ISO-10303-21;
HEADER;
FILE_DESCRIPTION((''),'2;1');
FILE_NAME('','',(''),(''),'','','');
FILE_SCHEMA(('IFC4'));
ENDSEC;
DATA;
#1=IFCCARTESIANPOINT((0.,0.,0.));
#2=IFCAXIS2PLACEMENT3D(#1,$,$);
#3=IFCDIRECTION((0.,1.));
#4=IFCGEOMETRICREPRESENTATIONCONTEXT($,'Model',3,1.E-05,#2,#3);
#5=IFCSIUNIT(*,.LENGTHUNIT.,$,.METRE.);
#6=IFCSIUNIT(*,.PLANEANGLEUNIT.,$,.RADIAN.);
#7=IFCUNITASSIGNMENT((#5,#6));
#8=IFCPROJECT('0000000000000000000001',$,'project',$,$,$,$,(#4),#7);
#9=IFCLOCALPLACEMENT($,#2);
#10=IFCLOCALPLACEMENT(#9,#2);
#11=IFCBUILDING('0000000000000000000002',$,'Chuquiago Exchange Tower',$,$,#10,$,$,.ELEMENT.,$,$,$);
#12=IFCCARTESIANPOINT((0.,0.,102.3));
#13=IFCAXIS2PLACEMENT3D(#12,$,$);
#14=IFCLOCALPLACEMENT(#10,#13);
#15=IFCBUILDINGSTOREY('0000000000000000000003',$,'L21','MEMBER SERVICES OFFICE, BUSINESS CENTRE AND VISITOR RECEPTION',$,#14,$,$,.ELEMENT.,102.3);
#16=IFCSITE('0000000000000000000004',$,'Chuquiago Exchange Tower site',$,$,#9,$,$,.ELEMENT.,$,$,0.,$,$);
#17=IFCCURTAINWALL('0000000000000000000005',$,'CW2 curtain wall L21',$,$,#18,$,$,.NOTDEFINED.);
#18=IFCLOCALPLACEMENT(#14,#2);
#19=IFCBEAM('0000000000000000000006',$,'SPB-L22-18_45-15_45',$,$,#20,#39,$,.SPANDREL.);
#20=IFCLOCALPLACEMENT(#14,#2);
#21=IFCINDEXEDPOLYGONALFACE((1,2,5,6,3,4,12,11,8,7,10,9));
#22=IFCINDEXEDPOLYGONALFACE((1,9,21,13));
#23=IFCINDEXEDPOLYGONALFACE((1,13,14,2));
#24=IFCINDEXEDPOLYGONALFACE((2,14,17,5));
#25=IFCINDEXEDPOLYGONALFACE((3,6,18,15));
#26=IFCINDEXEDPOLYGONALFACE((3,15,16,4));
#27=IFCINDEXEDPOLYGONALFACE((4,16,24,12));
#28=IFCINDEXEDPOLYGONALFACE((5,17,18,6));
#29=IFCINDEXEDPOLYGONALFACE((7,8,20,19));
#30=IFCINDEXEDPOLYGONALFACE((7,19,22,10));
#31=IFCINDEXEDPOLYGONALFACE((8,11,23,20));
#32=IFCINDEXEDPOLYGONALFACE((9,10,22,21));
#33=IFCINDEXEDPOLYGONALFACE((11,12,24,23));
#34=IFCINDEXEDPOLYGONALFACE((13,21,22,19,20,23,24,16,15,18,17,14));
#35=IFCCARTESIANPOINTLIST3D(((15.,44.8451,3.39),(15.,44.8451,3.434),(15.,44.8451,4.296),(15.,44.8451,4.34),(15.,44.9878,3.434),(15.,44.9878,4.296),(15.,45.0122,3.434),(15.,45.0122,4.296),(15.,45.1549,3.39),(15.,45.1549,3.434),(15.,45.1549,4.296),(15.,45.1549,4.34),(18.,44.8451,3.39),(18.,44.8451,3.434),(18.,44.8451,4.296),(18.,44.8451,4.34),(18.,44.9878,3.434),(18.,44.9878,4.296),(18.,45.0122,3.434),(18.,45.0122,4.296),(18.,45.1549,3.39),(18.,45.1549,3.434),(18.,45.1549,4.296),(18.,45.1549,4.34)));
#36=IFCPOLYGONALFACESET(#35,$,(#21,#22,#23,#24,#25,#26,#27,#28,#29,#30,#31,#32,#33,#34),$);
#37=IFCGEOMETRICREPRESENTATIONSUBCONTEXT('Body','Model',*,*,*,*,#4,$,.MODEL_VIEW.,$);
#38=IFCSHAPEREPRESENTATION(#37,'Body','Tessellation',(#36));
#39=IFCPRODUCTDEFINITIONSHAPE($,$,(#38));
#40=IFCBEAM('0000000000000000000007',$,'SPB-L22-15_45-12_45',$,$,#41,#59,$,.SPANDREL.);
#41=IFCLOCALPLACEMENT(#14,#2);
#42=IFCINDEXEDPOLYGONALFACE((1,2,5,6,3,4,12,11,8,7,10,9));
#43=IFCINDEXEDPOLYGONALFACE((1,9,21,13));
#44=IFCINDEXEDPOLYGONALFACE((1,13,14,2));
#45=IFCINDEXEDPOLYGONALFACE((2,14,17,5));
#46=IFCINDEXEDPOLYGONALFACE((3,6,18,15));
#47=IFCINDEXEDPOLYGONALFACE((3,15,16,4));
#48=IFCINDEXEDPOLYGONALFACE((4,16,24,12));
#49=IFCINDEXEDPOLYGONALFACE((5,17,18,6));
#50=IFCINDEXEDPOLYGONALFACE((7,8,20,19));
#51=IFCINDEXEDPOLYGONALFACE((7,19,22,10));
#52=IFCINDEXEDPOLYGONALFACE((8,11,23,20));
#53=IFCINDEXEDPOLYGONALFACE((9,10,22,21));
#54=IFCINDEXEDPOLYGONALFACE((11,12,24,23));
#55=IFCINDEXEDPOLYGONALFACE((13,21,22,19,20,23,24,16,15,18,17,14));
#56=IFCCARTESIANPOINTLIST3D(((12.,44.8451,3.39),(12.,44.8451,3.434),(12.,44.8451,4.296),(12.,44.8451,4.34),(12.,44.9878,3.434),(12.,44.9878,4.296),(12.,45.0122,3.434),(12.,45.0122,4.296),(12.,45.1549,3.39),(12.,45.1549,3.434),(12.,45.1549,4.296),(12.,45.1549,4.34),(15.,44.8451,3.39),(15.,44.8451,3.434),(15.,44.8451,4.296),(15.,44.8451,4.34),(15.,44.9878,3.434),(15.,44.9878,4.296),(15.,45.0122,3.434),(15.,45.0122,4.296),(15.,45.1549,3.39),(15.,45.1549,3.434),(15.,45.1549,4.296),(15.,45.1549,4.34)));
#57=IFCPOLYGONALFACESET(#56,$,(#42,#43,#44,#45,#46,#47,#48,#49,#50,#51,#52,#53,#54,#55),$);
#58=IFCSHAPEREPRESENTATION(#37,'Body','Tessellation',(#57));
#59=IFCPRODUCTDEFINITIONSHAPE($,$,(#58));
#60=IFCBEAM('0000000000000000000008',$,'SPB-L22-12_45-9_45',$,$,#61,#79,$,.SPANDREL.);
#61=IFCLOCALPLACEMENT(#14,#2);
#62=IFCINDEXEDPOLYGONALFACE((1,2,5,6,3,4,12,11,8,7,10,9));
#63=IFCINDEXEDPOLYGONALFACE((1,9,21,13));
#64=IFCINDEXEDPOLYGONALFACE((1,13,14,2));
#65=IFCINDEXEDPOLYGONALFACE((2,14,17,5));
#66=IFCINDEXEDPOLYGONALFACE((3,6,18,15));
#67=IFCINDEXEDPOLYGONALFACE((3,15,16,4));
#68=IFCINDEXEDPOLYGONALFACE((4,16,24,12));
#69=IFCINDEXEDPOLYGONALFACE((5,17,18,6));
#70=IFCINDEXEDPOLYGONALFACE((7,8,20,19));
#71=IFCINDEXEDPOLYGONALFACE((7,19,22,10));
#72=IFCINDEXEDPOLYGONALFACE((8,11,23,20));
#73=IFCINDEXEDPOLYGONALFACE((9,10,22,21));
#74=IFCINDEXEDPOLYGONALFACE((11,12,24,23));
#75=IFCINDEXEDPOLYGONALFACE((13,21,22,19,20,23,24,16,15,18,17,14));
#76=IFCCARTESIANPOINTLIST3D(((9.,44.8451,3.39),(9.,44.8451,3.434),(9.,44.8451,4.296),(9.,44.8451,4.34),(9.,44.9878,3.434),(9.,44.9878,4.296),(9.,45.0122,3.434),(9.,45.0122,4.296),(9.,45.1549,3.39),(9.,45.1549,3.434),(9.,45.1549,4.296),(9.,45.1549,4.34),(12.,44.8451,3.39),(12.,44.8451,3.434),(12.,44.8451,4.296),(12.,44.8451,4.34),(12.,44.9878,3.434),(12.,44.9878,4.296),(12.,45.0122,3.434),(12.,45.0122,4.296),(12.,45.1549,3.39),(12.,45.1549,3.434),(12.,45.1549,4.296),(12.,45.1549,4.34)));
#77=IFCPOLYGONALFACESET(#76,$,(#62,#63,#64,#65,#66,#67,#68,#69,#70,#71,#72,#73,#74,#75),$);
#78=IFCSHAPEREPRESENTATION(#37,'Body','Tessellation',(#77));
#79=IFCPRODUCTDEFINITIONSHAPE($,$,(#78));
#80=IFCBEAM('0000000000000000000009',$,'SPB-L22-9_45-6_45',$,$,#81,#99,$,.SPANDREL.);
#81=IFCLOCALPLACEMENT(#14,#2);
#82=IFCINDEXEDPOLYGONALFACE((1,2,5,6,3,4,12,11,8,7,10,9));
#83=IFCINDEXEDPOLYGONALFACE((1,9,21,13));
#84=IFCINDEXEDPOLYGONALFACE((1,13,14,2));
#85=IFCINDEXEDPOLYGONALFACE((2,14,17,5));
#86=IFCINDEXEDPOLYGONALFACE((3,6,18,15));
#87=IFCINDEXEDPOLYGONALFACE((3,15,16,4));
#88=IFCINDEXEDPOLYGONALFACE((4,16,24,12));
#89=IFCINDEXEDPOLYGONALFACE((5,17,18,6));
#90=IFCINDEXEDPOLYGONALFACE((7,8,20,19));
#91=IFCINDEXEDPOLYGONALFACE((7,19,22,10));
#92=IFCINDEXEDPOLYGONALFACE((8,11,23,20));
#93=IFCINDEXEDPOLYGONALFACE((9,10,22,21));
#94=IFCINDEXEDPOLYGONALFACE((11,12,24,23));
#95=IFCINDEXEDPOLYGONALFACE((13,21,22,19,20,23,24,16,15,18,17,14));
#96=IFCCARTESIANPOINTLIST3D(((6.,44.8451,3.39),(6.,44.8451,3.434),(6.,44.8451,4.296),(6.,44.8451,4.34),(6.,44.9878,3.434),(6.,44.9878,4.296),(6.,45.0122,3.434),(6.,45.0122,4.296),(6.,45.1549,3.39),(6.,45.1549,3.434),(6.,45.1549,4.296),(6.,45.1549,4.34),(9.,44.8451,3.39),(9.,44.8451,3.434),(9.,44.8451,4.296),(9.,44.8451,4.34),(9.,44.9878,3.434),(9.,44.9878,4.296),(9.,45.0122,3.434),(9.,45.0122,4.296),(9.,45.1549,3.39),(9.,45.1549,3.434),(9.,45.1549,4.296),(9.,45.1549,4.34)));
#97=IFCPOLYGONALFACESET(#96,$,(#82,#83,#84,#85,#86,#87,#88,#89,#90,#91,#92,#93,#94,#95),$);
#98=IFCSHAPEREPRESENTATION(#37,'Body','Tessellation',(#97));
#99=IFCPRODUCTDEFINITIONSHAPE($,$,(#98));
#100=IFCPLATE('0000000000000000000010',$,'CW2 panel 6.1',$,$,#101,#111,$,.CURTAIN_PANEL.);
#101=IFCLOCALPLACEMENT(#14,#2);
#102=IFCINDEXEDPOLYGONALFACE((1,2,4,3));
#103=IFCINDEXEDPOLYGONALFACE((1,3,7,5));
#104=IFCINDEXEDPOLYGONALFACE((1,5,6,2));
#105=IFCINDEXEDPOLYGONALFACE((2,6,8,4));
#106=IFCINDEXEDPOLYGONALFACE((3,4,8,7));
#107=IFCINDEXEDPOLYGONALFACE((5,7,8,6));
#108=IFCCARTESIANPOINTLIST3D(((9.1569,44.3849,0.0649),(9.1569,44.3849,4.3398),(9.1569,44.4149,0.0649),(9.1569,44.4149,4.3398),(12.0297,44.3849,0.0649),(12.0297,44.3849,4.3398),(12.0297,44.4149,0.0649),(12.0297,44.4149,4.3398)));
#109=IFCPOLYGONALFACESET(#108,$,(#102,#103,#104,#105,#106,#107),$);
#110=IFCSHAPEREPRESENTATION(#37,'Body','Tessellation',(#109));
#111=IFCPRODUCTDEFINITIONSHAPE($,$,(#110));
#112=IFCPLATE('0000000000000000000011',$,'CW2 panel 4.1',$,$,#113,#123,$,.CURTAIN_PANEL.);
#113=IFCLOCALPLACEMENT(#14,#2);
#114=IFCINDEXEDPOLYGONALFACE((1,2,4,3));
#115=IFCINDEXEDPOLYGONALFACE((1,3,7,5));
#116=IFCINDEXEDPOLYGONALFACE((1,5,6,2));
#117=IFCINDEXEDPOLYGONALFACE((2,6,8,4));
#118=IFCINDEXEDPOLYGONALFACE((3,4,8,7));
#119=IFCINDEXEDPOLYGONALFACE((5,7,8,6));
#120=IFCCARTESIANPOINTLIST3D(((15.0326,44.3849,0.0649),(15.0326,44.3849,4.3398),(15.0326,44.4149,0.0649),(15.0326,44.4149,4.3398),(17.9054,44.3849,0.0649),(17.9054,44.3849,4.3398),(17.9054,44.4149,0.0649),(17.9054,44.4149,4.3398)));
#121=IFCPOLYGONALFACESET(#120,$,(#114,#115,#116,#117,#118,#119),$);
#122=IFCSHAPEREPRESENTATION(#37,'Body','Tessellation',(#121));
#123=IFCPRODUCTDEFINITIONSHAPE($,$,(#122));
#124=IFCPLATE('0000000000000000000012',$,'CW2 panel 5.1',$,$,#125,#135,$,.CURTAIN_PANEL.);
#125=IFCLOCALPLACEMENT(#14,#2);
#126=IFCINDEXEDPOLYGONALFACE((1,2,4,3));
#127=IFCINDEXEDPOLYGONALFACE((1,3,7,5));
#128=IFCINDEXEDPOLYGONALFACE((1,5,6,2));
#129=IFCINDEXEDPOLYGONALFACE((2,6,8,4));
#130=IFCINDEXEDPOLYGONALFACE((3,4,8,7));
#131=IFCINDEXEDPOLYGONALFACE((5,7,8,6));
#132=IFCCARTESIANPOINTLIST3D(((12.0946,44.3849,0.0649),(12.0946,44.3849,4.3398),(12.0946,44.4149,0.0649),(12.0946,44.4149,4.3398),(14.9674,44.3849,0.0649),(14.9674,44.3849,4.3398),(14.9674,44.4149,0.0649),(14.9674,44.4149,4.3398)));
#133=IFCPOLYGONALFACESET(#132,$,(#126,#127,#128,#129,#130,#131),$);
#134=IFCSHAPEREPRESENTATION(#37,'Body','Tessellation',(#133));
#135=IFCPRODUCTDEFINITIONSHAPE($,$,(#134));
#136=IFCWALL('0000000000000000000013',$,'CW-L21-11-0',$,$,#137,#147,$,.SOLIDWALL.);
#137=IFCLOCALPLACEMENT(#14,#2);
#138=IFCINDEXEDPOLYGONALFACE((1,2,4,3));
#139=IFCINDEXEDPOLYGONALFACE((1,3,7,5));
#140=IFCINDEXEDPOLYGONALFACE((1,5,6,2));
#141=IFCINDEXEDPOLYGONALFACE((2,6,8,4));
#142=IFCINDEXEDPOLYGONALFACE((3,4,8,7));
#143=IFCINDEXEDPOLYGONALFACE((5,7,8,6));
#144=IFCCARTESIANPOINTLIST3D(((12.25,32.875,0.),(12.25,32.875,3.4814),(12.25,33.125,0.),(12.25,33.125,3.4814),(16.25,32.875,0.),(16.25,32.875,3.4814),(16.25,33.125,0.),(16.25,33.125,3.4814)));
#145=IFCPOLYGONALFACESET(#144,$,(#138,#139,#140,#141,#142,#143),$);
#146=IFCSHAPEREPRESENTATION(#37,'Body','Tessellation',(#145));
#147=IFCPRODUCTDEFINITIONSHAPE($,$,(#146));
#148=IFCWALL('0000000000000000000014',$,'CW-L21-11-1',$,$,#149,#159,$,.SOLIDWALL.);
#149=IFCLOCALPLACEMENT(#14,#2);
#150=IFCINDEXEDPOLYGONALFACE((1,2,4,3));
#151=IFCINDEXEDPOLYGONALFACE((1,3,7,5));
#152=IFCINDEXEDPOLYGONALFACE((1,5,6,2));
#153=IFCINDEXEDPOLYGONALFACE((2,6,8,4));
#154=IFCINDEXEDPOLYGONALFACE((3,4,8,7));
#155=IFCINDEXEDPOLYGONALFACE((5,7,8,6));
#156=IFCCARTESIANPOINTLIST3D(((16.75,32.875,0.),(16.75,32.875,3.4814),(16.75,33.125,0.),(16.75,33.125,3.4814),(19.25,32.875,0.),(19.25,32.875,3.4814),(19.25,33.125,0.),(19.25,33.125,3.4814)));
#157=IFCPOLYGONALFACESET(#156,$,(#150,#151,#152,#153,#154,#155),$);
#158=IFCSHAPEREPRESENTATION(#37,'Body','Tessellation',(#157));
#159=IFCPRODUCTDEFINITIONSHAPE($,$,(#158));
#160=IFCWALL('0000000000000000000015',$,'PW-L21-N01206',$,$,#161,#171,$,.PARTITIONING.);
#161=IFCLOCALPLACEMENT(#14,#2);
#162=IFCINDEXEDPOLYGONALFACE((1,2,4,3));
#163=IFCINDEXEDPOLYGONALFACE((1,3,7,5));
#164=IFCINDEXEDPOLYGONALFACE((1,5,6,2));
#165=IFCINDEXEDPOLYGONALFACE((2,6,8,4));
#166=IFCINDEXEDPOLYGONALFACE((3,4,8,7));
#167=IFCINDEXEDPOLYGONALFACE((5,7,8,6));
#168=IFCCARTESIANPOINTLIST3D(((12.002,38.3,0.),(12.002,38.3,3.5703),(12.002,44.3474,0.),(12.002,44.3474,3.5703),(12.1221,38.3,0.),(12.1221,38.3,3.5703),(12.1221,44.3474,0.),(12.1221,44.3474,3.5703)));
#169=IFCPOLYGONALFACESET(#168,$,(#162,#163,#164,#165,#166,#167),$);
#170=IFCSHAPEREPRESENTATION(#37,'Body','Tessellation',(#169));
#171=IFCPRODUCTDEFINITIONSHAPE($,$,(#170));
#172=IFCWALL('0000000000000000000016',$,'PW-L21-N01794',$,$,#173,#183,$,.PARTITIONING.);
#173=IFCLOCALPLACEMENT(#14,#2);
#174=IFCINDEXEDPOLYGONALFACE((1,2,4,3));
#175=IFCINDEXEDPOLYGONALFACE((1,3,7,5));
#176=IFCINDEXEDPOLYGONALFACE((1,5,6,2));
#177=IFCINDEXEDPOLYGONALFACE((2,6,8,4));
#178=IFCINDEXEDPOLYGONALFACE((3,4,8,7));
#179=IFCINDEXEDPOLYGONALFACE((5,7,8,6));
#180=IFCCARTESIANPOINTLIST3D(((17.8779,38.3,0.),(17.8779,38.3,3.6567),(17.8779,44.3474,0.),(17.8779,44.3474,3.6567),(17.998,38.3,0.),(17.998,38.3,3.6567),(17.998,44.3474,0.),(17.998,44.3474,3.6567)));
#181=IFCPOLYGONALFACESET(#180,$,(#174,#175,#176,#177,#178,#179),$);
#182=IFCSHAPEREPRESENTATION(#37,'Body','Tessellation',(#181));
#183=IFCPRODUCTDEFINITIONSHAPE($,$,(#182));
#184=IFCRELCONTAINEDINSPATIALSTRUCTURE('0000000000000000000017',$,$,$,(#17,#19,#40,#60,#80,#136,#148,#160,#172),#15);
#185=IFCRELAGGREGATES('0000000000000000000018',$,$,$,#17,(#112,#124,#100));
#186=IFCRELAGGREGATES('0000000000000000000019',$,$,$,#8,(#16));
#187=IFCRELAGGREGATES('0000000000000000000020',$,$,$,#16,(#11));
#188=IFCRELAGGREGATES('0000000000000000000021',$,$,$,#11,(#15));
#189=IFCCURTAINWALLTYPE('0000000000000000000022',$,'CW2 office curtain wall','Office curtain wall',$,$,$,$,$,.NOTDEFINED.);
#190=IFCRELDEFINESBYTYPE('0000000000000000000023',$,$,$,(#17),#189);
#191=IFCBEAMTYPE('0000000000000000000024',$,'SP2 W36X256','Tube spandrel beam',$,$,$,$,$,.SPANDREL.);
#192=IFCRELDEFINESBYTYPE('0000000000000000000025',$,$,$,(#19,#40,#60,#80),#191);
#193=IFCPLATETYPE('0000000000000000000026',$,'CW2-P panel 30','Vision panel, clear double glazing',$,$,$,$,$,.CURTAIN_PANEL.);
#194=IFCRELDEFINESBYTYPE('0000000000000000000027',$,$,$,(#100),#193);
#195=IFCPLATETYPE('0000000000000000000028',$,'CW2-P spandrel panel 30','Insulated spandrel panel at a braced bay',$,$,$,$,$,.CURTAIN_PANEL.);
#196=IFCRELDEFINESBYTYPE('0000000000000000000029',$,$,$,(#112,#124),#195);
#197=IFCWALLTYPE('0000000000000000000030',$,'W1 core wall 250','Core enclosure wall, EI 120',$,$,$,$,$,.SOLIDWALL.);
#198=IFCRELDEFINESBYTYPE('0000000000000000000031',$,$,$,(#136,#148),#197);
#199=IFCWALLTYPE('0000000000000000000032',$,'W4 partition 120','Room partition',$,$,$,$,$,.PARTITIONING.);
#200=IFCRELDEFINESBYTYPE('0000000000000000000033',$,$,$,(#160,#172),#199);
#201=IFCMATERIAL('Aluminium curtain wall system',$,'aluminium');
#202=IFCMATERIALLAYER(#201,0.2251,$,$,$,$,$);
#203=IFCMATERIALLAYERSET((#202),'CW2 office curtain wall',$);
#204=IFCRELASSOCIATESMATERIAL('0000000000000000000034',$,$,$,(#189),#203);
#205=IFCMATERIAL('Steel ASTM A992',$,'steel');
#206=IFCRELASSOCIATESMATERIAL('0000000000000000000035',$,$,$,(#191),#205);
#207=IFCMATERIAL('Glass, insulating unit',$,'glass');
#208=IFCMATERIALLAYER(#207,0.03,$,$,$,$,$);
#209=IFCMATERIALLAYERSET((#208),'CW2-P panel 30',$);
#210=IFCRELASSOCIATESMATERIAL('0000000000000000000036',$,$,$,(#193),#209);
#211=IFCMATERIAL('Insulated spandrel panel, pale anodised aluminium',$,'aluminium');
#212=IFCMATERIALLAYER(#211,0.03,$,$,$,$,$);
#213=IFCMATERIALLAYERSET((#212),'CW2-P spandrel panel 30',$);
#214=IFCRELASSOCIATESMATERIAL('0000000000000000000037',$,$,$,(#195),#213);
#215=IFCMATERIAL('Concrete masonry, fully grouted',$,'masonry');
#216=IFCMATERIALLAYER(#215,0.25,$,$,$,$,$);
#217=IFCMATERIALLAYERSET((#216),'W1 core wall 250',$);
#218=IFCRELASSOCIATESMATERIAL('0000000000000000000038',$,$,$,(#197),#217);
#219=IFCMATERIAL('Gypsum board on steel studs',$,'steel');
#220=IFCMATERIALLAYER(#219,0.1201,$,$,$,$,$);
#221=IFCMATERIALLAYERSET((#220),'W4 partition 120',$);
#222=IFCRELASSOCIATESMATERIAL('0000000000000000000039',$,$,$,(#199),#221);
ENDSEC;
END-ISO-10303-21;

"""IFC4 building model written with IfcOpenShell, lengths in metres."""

from ifc_helpers import new_model, si_unit, direction, frame, frame_2d, origin, origin_2d, place, context, subcontext, project, spatial, rectangle, i_section, extrude, material, layer, layer_set, material_profile, profile_set, type_object, element, aggregate, save


model = new_model("IFC4")

# Units and contexts
model_context = context("Model", 3, precision=1e-05, world=origin(), true_north=direction((0.0, 1.0)))
body_context = subcontext(model_context, "Body", "Model", "MODEL_VIEW")
ifc_project = project(units=[si_unit("LENGTHUNIT", "METRE"), si_unit("PLANEANGLEUNIT", "RADIAN")], contexts=[model_context])

# Site, building, storey
site_placement = place(None, origin())
site = spatial("IfcSite", under=ifc_project, at=site_placement, Name="Chuquiago Exchange Tower site", CompositionType="ELEMENT", RefElevation=0.0)
building_placement = place(site_placement, origin())
building = spatial("IfcBuilding", under=site, at=building_placement, Name="Chuquiago Exchange Tower", CompositionType="ELEMENT")
storey_placement = place(building_placement, frame((0.0, 0.0, 102.3)))
storey = spatial("IfcBuildingStorey", under=building, at=storey_placement, Name="L21", Description="MEMBER SERVICES OFFICE, BUSINESS CENTRE AND VISITOR RECEPTION", CompositionType="ELEMENT", Elevation=102.3)

# Curtain wall
ifc_material_1 = material(Name="Aluminium curtain wall system", Category="aluminium")
ifc_layer_1 = layer(ifc_material_1, 0.2251)
ifc_layer_set_1 = layer_set([ifc_layer_1], Name="CW2 office curtain wall")
curtain_wall_type = type_object("IfcCurtainWallType", Name="CW2 office curtain wall", Description="Office curtain wall", PredefinedType="NOTDEFINED", material=ifc_layer_set_1)
curtain_wall_placement = place(storey_placement, origin())
curtain_wall = element("IfcCurtainWall", 1, at=curtain_wall_placement, inside=storey, type_object=curtain_wall_type, Name="CW2 curtain wall L21", PredefinedType="NOTDEFINED")

# Beams
ifc_material_2 = material(Name="Steel ASTM A992", Category="steel")
ifc_material_profile_1 = material_profile(ifc_material_2, i_section(OverallWidth=0.3098, OverallDepth=0.95, WebThickness=0.0244, FlangeThickness=0.0439, at=origin_2d()), Name="W36X256")
ifc_profile_set_1 = profile_set([ifc_material_profile_1], Name="Steel ASTM A992")
beam_type_1 = type_object("IfcBeamType", Name="SP2 W36X256", Description="Tube spandrel beam", PredefinedType="SPANDREL", material=ifc_profile_set_1)
for number, where, z_axis, x_axis, name in (
    (2, (18.0, 45.0, 3.865), (-1.0, 0.0, 0.0), (0.0, -1.0, 0.0), "SPB-L22-18_45-15_45"),
    (3, (15.0, 45.0, 3.865), (-1.0, 0.0, 0.0), (0.0, -1.0, 0.0), "SPB-L22-15_45-12_45"),
    (4, (12.0, 45.0, 3.865), (-1.0, 0.0, 0.0), (0.0, -1.0, 0.0), "SPB-L22-12_45-9_45"),
    (5, (9.0, 45.0, 3.865), (-1.0, 0.0, 0.0), (0.0, -1.0, 0.0), "SPB-L22-9_45-6_45"),
):
    element("IfcBeam", number, at=place(storey_placement, frame(where, z_axis=z_axis, x_axis=x_axis)), inside=storey, type_object=beam_type_1, Name=name, PredefinedType="SPANDREL", context=body_context, shape_type="SweptSolid", body=[
        extrude(i_section(OverallWidth=0.3098, OverallDepth=0.95, WebThickness=0.0244, FlangeThickness=0.0439, at=origin_2d()), origin(), (0.0, 0.0, 1.0), 3.0),
    ])

# Plates
ifc_material_3 = material(Name="Glass, insulating unit", Category="glass")
ifc_layer_2 = layer(ifc_material_3, 0.03)
ifc_layer_set_2 = layer_set([ifc_layer_2], Name="CW2-P panel 30")
plate_type_1 = type_object("IfcPlateType", Name="CW2-P panel 30", Description="Vision panel, clear double glazing", PredefinedType="CURTAIN_PANEL", material=ifc_layer_set_2)
plate_1_placement = place(storey_placement, frame((10.5933, 44.3999, 0.0649), z_axis=(0.0, 0.0, 1.0), x_axis=(-1.0, 0.0, 0.0)))
plate_1 = element("IfcPlate", 6, at=plate_1_placement, type_object=plate_type_1, Name="CW2 panel 6.1", PredefinedType="CURTAIN_PANEL", context=body_context, shape_type="SweptSolid", body=[
    extrude(rectangle(XDim=2.8728, YDim=0.03, at=origin_2d()), origin(), (0.0, 0.0, 1.0), 4.2749),
])
ifc_material_4 = material(Name="Insulated spandrel panel, pale anodised aluminium", Category="aluminium")
ifc_layer_3 = layer(ifc_material_4, 0.03)
ifc_layer_set_3 = layer_set([ifc_layer_3], Name="CW2-P spandrel panel 30")
plate_type_2 = type_object("IfcPlateType", Name="CW2-P spandrel panel 30", Description="Insulated spandrel panel at a braced bay", PredefinedType="CURTAIN_PANEL", material=ifc_layer_set_3)
plate_2_placement = place(storey_placement, frame((16.469, 44.3999, 0.0649), z_axis=(0.0, 0.0, 1.0), x_axis=(-1.0, 0.0, 0.0)))
plate_2 = element("IfcPlate", 7, at=plate_2_placement, type_object=plate_type_2, Name="CW2 panel 4.1", PredefinedType="CURTAIN_PANEL", context=body_context, shape_type="SweptSolid", body=[
    extrude(rectangle(XDim=2.8728, YDim=0.03, at=origin_2d()), origin(), (0.0, 0.0, 1.0), 4.2749),
])
plate_3_placement = place(storey_placement, frame((13.531, 44.3999, 0.0649), z_axis=(0.0, 0.0, 1.0), x_axis=(-1.0, 0.0, 0.0)))
plate_3 = element("IfcPlate", 8, at=plate_3_placement, type_object=plate_type_2, Name="CW2 panel 5.1", PredefinedType="CURTAIN_PANEL", context=body_context, shape_type="SweptSolid", body=[
    extrude(rectangle(XDim=2.8728, YDim=0.03, at=origin_2d()), origin(), (0.0, 0.0, 1.0), 4.2749),
])
aggregate(curtain_wall, [plate_2, plate_3, plate_1])

# Walls
ifc_material_5 = material(Name="Concrete masonry, fully grouted", Category="masonry")
ifc_layer_4 = layer(ifc_material_5, 0.25)
ifc_layer_set_4 = layer_set([ifc_layer_4], Name="W1 core wall 250")
wall_type_1 = type_object("IfcWallType", Name="W1 core wall 250", Description="Core enclosure wall, EI 120", PredefinedType="SOLIDWALL", material=ifc_layer_set_4)
wall_1_placement = place(storey_placement, frame((12.25, 33.0, 0.0), z_axis=(0.0, 0.0, 1.0), x_axis=(1.0, 0.0, 0.0)))
element("IfcWall", 9, at=wall_1_placement, inside=storey, type_object=wall_type_1, Name="CW-L21-11-0", PredefinedType="SOLIDWALL", context=body_context, shape_type="SweptSolid", body=[
    extrude(rectangle(XDim=4.0, YDim=0.25, at=frame_2d((2.0, 0.0))), origin(), (0.0, 0.0, 1.0), 3.4814),
])
wall_2_placement = place(storey_placement, frame((16.75, 33.0, 0.0), z_axis=(0.0, 0.0, 1.0), x_axis=(1.0, 0.0, 0.0)))
element("IfcWall", 10, at=wall_2_placement, inside=storey, type_object=wall_type_1, Name="CW-L21-11-1", PredefinedType="SOLIDWALL", context=body_context, shape_type="SweptSolid", body=[
    extrude(rectangle(XDim=2.5, YDim=0.25, at=frame_2d((1.25, 0.0))), origin(), (0.0, 0.0, 1.0), 3.4814),
])
ifc_material_6 = material(Name="Gypsum board on steel studs", Category="steel")
ifc_layer_5 = layer(ifc_material_6, 0.1201)
ifc_layer_set_5 = layer_set([ifc_layer_5], Name="W4 partition 120")
wall_type_2 = type_object("IfcWallType", Name="W4 partition 120", Description="Room partition", PredefinedType="PARTITIONING", material=ifc_layer_set_5)
wall_3_placement = place(storey_placement, frame((12.062, 44.3474, 0.0), z_axis=(0.0, 0.0, 1.0), x_axis=(0.0, -1.0, 0.0)))
element("IfcWall", 11, at=wall_3_placement, inside=storey, type_object=wall_type_2, Name="PW-L21-N01206", PredefinedType="PARTITIONING", context=body_context, shape_type="SweptSolid", body=[
    extrude(rectangle(XDim=6.0474, YDim=0.1201, at=frame_2d((3.0237, 0.0))), origin(), (0.0, 0.0, 1.0), 3.5703),
])
wall_4_placement = place(storey_placement, frame((17.938, 44.3474, 0.0), z_axis=(0.0, 0.0, 1.0), x_axis=(0.0, -1.0, 0.0)))
element("IfcWall", 12, at=wall_4_placement, inside=storey, type_object=wall_type_2, Name="PW-L21-N01794", PredefinedType="PARTITIONING", context=body_context, shape_type="SweptSolid", body=[
    extrude(rectangle(XDim=6.0474, YDim=0.1201, at=frame_2d((3.0237, 0.0))), origin(), (0.0, 0.0, 1.0), 3.6567),
])

save(model, "model.ifc")
